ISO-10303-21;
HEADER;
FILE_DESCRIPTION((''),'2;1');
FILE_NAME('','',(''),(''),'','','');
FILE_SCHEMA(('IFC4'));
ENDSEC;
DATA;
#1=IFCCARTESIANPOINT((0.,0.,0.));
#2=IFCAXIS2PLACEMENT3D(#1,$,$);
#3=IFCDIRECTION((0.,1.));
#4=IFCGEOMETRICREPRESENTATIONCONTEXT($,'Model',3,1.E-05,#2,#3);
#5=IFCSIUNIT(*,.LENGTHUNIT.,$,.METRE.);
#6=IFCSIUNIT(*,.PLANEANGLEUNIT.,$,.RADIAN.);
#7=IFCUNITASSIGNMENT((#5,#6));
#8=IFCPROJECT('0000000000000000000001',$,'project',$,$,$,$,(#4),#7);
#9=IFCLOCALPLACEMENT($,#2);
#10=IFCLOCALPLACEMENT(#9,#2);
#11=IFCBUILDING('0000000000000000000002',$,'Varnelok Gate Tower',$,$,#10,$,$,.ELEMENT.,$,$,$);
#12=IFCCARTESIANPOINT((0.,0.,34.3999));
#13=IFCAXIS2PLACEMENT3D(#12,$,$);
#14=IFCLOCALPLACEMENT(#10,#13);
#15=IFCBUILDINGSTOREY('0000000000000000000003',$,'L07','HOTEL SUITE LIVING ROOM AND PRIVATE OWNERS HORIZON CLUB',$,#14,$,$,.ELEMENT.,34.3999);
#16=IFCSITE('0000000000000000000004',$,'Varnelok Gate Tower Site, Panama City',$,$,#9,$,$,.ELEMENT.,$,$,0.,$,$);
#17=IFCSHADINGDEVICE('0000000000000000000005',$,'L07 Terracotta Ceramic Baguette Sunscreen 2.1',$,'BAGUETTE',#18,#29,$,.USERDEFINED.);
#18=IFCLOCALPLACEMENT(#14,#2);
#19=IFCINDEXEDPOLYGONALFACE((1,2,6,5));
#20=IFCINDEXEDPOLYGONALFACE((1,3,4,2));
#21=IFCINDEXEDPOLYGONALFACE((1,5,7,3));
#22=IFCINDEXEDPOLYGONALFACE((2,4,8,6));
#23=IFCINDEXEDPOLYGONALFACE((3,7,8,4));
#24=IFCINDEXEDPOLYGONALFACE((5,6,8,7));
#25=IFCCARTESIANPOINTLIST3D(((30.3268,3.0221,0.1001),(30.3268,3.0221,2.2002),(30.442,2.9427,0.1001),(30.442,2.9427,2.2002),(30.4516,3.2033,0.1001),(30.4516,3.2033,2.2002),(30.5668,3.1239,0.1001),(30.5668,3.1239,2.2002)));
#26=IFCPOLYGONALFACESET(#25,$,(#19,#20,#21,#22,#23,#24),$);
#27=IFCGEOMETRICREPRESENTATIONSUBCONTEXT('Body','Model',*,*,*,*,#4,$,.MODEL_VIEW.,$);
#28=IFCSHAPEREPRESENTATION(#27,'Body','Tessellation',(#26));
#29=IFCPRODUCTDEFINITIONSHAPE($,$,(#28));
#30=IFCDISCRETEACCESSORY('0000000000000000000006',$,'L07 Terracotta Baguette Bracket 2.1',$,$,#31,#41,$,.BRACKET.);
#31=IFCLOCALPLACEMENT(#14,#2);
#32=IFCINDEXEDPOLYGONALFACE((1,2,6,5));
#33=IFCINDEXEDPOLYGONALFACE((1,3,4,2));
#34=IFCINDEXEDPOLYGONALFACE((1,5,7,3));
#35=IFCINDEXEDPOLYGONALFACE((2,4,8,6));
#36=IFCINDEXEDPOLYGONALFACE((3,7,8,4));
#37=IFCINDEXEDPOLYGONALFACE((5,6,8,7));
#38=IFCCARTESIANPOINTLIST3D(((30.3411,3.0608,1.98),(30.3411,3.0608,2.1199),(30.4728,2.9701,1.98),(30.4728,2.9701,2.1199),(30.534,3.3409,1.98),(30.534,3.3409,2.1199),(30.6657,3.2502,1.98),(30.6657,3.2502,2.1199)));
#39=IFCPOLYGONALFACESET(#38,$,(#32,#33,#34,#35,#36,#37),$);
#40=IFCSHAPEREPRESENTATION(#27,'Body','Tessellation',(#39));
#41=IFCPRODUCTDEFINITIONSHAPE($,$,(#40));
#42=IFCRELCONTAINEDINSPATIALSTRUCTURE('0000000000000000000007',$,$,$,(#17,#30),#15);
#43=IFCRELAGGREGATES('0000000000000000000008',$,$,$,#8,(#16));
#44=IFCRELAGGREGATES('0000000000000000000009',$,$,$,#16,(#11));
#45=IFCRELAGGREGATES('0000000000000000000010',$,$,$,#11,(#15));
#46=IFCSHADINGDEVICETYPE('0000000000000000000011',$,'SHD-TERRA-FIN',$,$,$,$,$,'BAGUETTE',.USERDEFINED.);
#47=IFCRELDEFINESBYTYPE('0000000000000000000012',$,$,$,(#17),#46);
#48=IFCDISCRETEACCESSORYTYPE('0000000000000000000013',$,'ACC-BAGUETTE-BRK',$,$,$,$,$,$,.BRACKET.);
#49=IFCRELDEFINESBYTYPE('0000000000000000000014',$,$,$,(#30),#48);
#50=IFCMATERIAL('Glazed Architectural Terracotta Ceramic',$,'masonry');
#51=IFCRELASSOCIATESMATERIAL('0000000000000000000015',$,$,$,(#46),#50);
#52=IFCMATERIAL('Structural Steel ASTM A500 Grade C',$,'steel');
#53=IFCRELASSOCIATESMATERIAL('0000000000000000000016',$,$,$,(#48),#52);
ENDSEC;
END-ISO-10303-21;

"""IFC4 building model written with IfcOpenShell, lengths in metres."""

from ifc_helpers import new_model, si_unit, direction, frame, origin, origin_2d, place, context, subcontext, project, spatial, rectangle, extrude, source, transform, mapped, material, type_object, element, save


model = new_model("IFC4")

# Units and contexts
model_context = context("Model", 3, precision=1e-05, world=origin(), true_north=direction((0.0, 1.0)))
body_context = subcontext(model_context, "Body", "Model", "MODEL_VIEW")
ifc_project = project(units=[si_unit("LENGTHUNIT", "METRE"), si_unit("PLANEANGLEUNIT", "RADIAN")], contexts=[model_context])

# Site, building, storey
site_placement = place(None, origin())
site = spatial("IfcSite", under=ifc_project, at=site_placement, Name="Varnelok Gate Tower Site, Panama City", CompositionType="ELEMENT", RefElevation=0.0)
building_placement = place(site_placement, origin())
building = spatial("IfcBuilding", under=site, at=building_placement, Name="Varnelok Gate Tower", CompositionType="ELEMENT")
storey_placement = place(building_placement, frame((0.0, 0.0, 34.3999)))
storey = spatial("IfcBuildingStorey", under=building, at=storey_placement, Name="L07", Description="HOTEL SUITE LIVING ROOM AND PRIVATE OWNERS HORIZON CLUB", CompositionType="ELEMENT", Elevation=34.3999)

# Shading device
ifc_material_1 = material(Name="Glazed Architectural Terracotta Ceramic", Category="masonry")
shading_device_type = type_object("IfcShadingDeviceType", Name="SHD-TERRA-FIN", ElementType="BAGUETTE", PredefinedType="USERDEFINED", material=ifc_material_1)
shared_shape_1 = source(origin(), body_context, "Body", "SweptSolid", [
    extrude(rectangle(XDim=0.1399, YDim=0.22, at=origin_2d()), origin(), (0.0, 0.0, 1.0), 2.1001),
])
shading_device_placement = place(storey_placement, frame((30.4468, 3.073, 0.1001), z_axis=(0.0, 0.0, 1.0), x_axis=(0.823533, -0.567269, 0.0)))
element("IfcShadingDevice", 1, at=shading_device_placement, inside=storey, type_object=shading_device_type, Name="L07 Terracotta Ceramic Baguette Sunscreen 2.1", ObjectType="BAGUETTE", PredefinedType="USERDEFINED", context=body_context, shape_type="MappedRepresentation", body=[
    mapped(shared_shape_1, transform((0.0, 0.0, 0.0), scale=1.0)),
])

# Discrete accessory
ifc_material_2 = material(Name="Structural Steel ASTM A500 Grade C", Category="steel")
discrete_accessory_type = type_object("IfcDiscreteAccessoryType", Name="ACC-BAGUETTE-BRK", PredefinedType="BRACKET", material=ifc_material_2)
shared_shape_2 = source(origin(), body_context, "Body", "SweptSolid", [
    extrude(rectangle(XDim=0.1599, YDim=0.3401, at=origin_2d()), origin(), (0.0, 0.0, 1.0), 0.1399),
])
discrete_accessory_placement = place(storey_placement, frame((30.5034, 3.1555, 1.98), z_axis=(0.0, 0.0, 1.0), x_axis=(0.823533, -0.567269, 0.0)))
element("IfcDiscreteAccessory", 2, at=discrete_accessory_placement, inside=storey, type_object=discrete_accessory_type, Name="L07 Terracotta Baguette Bracket 2.1", PredefinedType="BRACKET", context=body_context, shape_type="MappedRepresentation", body=[
    mapped(shared_shape_2, transform((0.0, 0.0, 0.0), scale=1.0)),
])

save(model, "model.ifc")
